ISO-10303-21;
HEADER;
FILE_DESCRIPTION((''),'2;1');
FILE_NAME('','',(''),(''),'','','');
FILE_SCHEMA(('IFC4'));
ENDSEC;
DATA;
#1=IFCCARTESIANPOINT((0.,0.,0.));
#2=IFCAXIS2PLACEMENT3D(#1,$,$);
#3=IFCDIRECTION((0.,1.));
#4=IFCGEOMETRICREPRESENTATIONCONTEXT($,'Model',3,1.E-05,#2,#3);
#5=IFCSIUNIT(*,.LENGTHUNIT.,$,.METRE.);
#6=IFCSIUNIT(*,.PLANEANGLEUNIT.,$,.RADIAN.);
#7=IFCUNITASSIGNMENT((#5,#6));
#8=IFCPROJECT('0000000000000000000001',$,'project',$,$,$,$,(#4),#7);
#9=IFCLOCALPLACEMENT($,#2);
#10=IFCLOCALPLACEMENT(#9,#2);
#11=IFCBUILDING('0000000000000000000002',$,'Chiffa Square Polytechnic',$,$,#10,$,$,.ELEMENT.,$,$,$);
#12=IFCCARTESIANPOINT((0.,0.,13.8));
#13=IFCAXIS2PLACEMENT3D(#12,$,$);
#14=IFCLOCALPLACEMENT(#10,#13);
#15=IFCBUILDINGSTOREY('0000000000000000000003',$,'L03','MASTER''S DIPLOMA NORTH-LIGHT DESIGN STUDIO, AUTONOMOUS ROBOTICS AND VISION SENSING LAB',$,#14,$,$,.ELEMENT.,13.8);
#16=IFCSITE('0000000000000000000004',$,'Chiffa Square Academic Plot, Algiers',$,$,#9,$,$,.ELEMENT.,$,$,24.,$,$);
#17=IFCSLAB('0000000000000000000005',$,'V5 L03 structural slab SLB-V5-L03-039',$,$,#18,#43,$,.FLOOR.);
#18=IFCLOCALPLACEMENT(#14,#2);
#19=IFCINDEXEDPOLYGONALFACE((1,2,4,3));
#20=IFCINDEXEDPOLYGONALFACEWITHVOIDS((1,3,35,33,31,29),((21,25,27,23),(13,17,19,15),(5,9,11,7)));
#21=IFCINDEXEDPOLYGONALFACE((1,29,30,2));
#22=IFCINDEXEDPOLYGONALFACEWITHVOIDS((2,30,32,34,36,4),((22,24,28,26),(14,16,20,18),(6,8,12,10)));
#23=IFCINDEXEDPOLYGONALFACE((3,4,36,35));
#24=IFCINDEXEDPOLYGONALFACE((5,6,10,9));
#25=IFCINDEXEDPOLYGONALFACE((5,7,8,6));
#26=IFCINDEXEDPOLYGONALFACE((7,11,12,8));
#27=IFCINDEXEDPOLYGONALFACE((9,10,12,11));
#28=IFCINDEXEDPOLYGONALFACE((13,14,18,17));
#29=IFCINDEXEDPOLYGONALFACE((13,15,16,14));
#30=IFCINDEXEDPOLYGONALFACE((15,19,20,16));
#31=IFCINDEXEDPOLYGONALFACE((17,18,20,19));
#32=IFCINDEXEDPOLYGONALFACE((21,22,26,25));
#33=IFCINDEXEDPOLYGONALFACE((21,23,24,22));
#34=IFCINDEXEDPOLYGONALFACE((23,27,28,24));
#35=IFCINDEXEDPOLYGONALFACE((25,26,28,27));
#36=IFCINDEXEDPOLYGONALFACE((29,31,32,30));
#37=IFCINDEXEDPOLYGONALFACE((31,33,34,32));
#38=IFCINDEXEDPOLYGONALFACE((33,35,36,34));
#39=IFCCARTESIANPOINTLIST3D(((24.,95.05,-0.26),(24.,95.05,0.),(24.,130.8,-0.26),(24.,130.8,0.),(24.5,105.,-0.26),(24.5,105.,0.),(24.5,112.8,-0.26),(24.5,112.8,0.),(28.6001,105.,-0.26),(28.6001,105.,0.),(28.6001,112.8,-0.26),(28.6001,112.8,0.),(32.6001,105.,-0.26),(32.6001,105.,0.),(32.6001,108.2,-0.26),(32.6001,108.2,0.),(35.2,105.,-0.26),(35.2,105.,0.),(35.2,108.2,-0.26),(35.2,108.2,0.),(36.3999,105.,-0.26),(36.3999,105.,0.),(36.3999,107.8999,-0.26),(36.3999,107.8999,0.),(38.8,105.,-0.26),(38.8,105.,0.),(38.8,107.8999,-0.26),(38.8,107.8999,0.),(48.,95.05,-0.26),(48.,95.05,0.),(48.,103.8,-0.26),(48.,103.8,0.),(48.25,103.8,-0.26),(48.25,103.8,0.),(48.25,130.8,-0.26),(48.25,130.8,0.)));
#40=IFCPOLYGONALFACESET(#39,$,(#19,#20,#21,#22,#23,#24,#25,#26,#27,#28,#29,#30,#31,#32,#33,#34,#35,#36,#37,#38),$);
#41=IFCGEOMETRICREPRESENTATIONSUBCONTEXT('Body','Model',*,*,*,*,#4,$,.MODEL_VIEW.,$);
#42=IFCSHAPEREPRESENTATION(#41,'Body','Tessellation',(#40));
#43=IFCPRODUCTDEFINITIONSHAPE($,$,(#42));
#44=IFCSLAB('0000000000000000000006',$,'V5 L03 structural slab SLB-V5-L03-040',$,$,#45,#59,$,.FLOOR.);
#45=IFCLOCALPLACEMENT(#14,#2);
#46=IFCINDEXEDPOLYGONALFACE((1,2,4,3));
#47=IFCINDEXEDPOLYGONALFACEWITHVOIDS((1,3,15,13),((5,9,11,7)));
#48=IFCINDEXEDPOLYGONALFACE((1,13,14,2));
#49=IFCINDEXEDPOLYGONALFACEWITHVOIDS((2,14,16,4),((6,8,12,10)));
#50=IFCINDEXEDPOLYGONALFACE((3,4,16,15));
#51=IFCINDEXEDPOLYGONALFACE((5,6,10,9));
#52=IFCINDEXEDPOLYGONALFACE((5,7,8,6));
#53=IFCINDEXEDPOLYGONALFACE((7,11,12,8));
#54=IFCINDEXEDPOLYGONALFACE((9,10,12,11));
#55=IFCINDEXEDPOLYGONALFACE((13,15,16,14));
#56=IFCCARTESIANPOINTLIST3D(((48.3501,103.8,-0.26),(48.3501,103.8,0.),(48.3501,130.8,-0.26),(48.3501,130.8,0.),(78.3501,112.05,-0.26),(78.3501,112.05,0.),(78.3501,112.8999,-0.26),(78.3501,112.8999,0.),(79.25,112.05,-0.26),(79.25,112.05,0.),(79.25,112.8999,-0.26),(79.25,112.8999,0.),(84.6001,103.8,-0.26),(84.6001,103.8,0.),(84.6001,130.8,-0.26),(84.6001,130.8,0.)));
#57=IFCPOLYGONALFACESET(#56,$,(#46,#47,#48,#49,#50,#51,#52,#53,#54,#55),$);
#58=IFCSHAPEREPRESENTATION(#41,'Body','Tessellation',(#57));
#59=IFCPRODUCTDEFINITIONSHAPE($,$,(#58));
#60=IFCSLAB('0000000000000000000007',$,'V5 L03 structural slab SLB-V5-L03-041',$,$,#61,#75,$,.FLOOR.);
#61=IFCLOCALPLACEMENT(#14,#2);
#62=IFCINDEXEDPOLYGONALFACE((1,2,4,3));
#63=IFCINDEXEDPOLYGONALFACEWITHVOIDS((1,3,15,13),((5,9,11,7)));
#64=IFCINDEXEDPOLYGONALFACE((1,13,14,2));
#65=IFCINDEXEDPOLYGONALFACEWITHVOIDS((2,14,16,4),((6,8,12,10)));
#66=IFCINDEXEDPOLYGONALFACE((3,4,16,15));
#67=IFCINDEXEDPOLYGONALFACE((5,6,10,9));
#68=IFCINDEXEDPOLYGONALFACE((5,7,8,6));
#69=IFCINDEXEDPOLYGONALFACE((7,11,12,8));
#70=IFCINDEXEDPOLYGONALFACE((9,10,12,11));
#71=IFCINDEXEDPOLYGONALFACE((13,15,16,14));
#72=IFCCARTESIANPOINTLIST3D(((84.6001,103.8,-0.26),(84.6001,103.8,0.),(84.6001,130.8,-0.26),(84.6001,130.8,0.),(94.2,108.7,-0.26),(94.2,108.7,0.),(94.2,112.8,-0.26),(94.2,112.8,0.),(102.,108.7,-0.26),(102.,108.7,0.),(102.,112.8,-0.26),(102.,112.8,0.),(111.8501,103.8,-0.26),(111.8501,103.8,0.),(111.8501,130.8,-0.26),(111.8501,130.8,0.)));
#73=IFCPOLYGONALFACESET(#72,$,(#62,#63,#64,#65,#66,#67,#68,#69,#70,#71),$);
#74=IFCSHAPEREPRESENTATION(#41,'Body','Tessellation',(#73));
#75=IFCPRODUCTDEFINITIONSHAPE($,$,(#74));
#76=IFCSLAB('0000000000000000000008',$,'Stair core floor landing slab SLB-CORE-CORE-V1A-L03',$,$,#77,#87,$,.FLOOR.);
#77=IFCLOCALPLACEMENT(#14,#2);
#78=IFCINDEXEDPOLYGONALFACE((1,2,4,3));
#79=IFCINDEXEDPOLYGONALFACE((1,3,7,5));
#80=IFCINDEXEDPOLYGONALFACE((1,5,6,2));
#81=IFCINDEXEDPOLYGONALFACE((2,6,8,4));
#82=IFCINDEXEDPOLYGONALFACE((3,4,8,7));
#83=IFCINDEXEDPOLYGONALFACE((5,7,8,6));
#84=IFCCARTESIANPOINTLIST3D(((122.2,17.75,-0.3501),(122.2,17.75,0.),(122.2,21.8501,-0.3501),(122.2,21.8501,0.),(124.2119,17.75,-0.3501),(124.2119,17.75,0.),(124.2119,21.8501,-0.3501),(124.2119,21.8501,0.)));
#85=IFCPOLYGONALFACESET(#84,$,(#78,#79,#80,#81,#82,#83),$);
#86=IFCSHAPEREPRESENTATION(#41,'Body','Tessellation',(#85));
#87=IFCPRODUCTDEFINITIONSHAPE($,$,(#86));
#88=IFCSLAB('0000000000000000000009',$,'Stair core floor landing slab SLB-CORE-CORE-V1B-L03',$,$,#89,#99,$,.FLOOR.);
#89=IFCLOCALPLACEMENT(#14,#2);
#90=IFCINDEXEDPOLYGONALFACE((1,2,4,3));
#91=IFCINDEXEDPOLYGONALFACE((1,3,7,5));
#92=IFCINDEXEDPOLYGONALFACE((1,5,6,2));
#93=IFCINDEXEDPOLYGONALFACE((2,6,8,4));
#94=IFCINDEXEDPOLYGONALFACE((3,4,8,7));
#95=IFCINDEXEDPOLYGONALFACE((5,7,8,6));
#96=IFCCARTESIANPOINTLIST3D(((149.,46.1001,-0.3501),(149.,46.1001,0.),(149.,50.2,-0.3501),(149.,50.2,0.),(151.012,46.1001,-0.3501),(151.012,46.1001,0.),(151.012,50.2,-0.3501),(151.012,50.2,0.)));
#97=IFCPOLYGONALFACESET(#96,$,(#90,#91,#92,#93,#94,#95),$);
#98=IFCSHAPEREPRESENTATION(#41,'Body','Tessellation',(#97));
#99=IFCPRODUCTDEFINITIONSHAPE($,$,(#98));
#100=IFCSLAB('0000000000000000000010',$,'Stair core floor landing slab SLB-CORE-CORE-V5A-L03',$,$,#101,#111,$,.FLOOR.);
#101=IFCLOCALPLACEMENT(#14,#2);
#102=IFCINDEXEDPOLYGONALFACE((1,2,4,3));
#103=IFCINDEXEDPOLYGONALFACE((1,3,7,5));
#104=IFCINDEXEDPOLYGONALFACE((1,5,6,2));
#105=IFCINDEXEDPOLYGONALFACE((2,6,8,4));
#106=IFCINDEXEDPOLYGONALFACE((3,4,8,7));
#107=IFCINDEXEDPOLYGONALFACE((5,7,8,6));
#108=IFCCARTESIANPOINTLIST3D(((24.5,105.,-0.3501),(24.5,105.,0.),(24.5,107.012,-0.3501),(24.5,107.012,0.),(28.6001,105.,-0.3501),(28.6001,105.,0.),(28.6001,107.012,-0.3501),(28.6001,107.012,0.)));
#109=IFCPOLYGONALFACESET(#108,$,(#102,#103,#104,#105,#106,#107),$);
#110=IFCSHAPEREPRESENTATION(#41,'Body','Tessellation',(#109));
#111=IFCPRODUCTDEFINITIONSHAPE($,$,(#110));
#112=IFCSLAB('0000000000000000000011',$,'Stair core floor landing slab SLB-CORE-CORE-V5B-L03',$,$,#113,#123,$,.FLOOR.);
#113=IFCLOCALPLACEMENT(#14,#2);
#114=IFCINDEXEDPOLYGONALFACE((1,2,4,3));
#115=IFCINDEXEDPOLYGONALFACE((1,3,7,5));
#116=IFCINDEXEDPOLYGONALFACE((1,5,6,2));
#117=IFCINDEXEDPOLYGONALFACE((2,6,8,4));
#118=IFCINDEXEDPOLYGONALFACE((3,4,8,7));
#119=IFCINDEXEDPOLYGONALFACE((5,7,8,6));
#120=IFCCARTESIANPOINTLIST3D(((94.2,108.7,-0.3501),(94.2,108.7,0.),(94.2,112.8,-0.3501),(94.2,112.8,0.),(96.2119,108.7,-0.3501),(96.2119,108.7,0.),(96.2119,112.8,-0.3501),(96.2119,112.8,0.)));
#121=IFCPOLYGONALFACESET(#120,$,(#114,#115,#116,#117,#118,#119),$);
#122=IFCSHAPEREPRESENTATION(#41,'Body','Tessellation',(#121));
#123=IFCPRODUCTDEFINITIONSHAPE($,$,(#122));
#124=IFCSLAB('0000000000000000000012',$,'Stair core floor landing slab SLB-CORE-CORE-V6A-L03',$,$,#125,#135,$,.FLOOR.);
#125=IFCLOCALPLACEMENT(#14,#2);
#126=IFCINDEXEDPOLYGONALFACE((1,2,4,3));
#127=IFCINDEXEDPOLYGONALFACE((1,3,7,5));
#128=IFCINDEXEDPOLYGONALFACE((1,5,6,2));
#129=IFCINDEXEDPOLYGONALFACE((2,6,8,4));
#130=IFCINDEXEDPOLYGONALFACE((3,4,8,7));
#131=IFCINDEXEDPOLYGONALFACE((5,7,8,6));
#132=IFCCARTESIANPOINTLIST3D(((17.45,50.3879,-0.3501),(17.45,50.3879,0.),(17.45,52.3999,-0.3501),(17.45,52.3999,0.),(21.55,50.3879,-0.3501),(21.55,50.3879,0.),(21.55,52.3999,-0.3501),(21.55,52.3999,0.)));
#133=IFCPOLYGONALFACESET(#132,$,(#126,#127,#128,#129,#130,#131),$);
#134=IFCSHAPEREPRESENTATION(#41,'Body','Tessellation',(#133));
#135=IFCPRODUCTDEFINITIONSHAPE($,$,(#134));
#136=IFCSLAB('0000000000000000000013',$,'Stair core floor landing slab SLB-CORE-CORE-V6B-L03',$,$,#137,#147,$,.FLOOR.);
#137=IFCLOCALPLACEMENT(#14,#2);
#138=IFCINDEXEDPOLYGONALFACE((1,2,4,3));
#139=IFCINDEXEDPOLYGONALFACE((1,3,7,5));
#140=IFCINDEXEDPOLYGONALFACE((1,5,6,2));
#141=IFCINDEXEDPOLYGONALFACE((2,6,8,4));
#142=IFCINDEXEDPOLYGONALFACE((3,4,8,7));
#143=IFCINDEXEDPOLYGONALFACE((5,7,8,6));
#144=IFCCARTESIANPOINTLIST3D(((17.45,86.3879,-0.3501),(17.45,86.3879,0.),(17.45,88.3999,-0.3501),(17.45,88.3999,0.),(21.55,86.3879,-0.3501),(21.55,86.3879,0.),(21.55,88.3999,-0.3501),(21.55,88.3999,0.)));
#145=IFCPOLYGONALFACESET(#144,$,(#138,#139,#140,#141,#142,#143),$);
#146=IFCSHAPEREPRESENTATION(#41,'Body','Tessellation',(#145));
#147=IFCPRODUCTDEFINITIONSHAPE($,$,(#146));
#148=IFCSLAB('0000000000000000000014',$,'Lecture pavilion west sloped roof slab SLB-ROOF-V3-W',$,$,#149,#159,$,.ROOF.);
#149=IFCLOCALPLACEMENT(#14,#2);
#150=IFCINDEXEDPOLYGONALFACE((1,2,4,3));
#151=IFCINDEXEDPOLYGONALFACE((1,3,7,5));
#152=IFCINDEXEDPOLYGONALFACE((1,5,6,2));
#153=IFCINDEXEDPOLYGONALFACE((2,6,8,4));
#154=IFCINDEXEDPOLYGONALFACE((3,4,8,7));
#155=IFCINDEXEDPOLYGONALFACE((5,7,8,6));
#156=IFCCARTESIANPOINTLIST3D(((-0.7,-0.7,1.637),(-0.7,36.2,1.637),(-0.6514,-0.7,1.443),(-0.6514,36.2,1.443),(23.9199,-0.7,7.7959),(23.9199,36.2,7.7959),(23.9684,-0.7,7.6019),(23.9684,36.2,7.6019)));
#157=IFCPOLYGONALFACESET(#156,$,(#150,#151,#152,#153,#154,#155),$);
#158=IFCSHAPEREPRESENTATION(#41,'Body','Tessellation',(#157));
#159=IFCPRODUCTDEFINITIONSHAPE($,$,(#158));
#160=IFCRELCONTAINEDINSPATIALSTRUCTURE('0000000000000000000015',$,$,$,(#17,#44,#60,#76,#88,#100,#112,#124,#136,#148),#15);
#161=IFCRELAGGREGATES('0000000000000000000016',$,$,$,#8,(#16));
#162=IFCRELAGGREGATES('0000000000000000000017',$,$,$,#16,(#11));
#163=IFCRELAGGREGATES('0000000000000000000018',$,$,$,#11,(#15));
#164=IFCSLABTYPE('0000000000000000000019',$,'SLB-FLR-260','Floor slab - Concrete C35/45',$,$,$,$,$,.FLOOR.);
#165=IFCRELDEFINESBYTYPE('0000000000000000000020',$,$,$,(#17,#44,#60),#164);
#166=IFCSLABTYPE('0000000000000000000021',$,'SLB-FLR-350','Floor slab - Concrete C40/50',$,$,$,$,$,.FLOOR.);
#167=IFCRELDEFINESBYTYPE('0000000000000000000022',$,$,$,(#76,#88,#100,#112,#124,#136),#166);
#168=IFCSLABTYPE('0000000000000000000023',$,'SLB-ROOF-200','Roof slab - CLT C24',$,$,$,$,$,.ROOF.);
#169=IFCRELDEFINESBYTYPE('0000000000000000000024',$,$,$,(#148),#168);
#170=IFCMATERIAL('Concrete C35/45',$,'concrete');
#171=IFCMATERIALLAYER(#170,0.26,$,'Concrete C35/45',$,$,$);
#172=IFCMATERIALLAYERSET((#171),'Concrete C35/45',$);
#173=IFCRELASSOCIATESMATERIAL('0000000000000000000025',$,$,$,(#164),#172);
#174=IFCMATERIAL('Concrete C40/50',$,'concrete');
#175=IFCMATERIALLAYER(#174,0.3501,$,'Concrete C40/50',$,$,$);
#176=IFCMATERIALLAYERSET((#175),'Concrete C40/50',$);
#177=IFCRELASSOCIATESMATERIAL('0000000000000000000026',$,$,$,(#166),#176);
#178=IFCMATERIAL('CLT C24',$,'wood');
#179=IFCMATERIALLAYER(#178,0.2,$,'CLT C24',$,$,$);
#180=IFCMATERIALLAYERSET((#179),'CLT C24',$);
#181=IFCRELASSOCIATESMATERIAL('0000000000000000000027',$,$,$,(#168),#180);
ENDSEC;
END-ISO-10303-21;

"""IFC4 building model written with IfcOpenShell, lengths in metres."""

from ifc_helpers import new_model, si_unit, direction, frame, origin, place, context, subcontext, project, spatial, polyline, outline, extrude, material, layer, layer_set, type_object, element, save


model = new_model("IFC4")

# Units and contexts
model_context = context("Model", 3, precision=1e-05, world=origin(), true_north=direction((0.0, 1.0)))
body_context = subcontext(model_context, "Body", "Model", "MODEL_VIEW")
ifc_project = project(units=[si_unit("LENGTHUNIT", "METRE"), si_unit("PLANEANGLEUNIT", "RADIAN")], contexts=[model_context])

# Site, building, storey
site_placement = place(None, origin())
site = spatial("IfcSite", under=ifc_project, at=site_placement, Name="Chiffa Square Academic Plot, Algiers", CompositionType="ELEMENT", RefElevation=24.0)
building_placement = place(site_placement, origin())
building = spatial("IfcBuilding", under=site, at=building_placement, Name="Chiffa Square Polytechnic", CompositionType="ELEMENT")
storey_placement = place(building_placement, frame((0.0, 0.0, 13.8)))
storey = spatial("IfcBuildingStorey", under=building, at=storey_placement, Name="L03", Description="MASTER'S DIPLOMA NORTH-LIGHT DESIGN STUDIO, AUTONOMOUS ROBOTICS AND VISION SENSING LAB", CompositionType="ELEMENT", Elevation=13.8)

# Slabs
ifc_material_1 = material(Name="Concrete C35/45", Category="concrete")
ifc_layer_1 = layer(ifc_material_1, 0.26, Name="Concrete C35/45")
ifc_layer_set_1 = layer_set([ifc_layer_1], Name="Concrete C35/45")
slab_type_1 = type_object("IfcSlabType", Name="SLB-FLR-260", Description="Floor slab - Concrete C35/45", PredefinedType="FLOOR", material=ifc_layer_set_1)
slab_1_placement = place(storey_placement, frame((0.0, 0.0, -0.26)))
element("IfcSlab", 1, at=slab_1_placement, inside=storey, type_object=slab_type_1, Name="V5 L03 structural slab SLB-V5-L03-039", PredefinedType="FLOOR", context=body_context, shape_type="SweptSolid", body=[
    extrude(outline(polyline([(48.0, 103.8), (48.0, 95.05), (24.0, 95.05), (24.0, 130.8), (48.25, 130.8), (48.25, 103.8), (48.0, 103.8)]), holes=[polyline([(24.5, 105.0), (24.5, 112.8), (28.6001, 112.8), (28.6001, 105.0), (24.5, 105.0)]), polyline([(32.6001, 108.2), (35.2, 108.2), (35.2, 105.0), (32.6001, 105.0), (32.6001, 108.2)]), polyline([(36.3999, 107.8999), (38.8, 107.8999), (38.8, 105.0), (36.3999, 105.0), (36.3999, 107.8999)])]), origin(), (0.0, 0.0, 1.0), 0.26),
])
slab_2_placement = place(storey_placement, frame((0.0, 0.0, -0.26)))
element("IfcSlab", 2, at=slab_2_placement, inside=storey, type_object=slab_type_1, Name="V5 L03 structural slab SLB-V5-L03-040", PredefinedType="FLOOR", context=body_context, shape_type="SweptSolid", body=[
    extrude(outline(polyline([(48.3501, 103.8), (48.3501, 130.8), (84.6001, 130.8), (84.6001, 103.8), (48.3501, 103.8)]), holes=[polyline([(78.3501, 112.8999), (79.25, 112.8999), (79.25, 112.05), (78.3501, 112.05), (78.3501, 112.8999)])]), origin(), (0.0, 0.0, 1.0), 0.26),
])
slab_3_placement = place(storey_placement, frame((0.0, 0.0, -0.26)))
element("IfcSlab", 3, at=slab_3_placement, inside=storey, type_object=slab_type_1, Name="V5 L03 structural slab SLB-V5-L03-041", PredefinedType="FLOOR", context=body_context, shape_type="SweptSolid", body=[
    extrude(outline(polyline([(84.6001, 103.8), (84.6001, 130.8), (111.8501, 130.8), (111.8501, 103.8), (84.6001, 103.8)]), holes=[polyline([(94.2, 112.8), (102.0, 112.8), (102.0, 108.7), (94.2, 108.7), (94.2, 112.8)])]), origin(), (0.0, 0.0, 1.0), 0.26),
])
ifc_material_2 = material(Name="Concrete C40/50", Category="concrete")
ifc_layer_2 = layer(ifc_material_2, 0.3501, Name="Concrete C40/50")
ifc_layer_set_2 = layer_set([ifc_layer_2], Name="Concrete C40/50")
slab_type_2 = type_object("IfcSlabType", Name="SLB-FLR-350", Description="Floor slab - Concrete C40/50", PredefinedType="FLOOR", material=ifc_layer_set_2)
slab_4_placement = place(storey_placement, frame((0.0, 0.0, -0.3501)))
element("IfcSlab", 4, at=slab_4_placement, inside=storey, type_object=slab_type_2, Name="Stair core floor landing slab SLB-CORE-CORE-V1A-L03", PredefinedType="FLOOR", context=body_context, shape_type="SweptSolid", body=[
    extrude(outline(polyline([(122.2, 17.75), (124.2119, 17.75), (124.2119, 21.8501), (122.2, 21.8501), (122.2, 17.75)])), origin(), (0.0, 0.0, 1.0), 0.3501),
])
slab_5_placement = place(storey_placement, frame((0.0, 0.0, -0.3501)))
element("IfcSlab", 5, at=slab_5_placement, inside=storey, type_object=slab_type_2, Name="Stair core floor landing slab SLB-CORE-CORE-V1B-L03", PredefinedType="FLOOR", context=body_context, shape_type="SweptSolid", body=[
    extrude(outline(polyline([(149.0, 46.1001), (151.012, 46.1001), (151.012, 50.2), (149.0, 50.2), (149.0, 46.1001)])), origin(), (0.0, 0.0, 1.0), 0.3501),
])
slab_6_placement = place(storey_placement, frame((0.0, 0.0, -0.3501)))
element("IfcSlab", 6, at=slab_6_placement, inside=storey, type_object=slab_type_2, Name="Stair core floor landing slab SLB-CORE-CORE-V5A-L03", PredefinedType="FLOOR", context=body_context, shape_type="SweptSolid", body=[
    extrude(outline(polyline([(28.6001, 105.0), (28.6001, 107.012), (24.5, 107.012), (24.5, 105.0), (28.6001, 105.0)])), origin(), (0.0, 0.0, 1.0), 0.3501),
])
slab_7_placement = place(storey_placement, frame((0.0, 0.0, -0.3501)))
element("IfcSlab", 7, at=slab_7_placement, inside=storey, type_object=slab_type_2, Name="Stair core floor landing slab SLB-CORE-CORE-V5B-L03", PredefinedType="FLOOR", context=body_context, shape_type="SweptSolid", body=[
    extrude(outline(polyline([(94.2, 108.7), (96.2119, 108.7), (96.2119, 112.8), (94.2, 112.8), (94.2, 108.7)])), origin(), (0.0, 0.0, 1.0), 0.3501),
])
slab_8_placement = place(storey_placement, frame((0.0, 0.0, -0.3501)))
element("IfcSlab", 8, at=slab_8_placement, inside=storey, type_object=slab_type_2, Name="Stair core floor landing slab SLB-CORE-CORE-V6A-L03", PredefinedType="FLOOR", context=body_context, shape_type="SweptSolid", body=[
    extrude(outline(polyline([(17.45, 52.3999), (17.45, 50.3879), (21.55, 50.3879), (21.55, 52.3999), (17.45, 52.3999)])), origin(), (0.0, 0.0, 1.0), 0.3501),
])
slab_9_placement = place(storey_placement, frame((0.0, 0.0, -0.3501)))
element("IfcSlab", 9, at=slab_9_placement, inside=storey, type_object=slab_type_2, Name="Stair core floor landing slab SLB-CORE-CORE-V6B-L03", PredefinedType="FLOOR", context=body_context, shape_type="SweptSolid", body=[
    extrude(outline(polyline([(17.45, 88.3999), (17.45, 86.3879), (21.55, 86.3879), (21.55, 88.3999), (17.45, 88.3999)])), origin(), (0.0, 0.0, 1.0), 0.3501),
])
ifc_material_3 = material(Name="CLT C24", Category="wood")
ifc_layer_3 = layer(ifc_material_3, 0.2, Name="CLT C24")
ifc_layer_set_3 = layer_set([ifc_layer_3], Name="CLT C24")
slab_type_3 = type_object("IfcSlabType", Name="SLB-ROOF-200", Description="Roof slab - CLT C24", PredefinedType="ROOF", material=ifc_layer_set_3)
slab_10_placement = place(storey_placement, frame((-0.7, -0.7, 1.637), z_axis=(-0.242683, 0.0, 0.970106), x_axis=(0.970106, 0.0, 0.242683)))
element("IfcSlab", 10, at=slab_10_placement, inside=storey, type_object=slab_type_3, Name="Lecture pavilion west sloped roof slab SLB-ROOF-V3-W", PredefinedType="ROOF", context=body_context, shape_type="SweptSolid", body=[
    extrude(outline(polyline([(0.0, 0.0), (25.3785, 0.0), (25.3785, 36.8999), (0.0, 36.8999), (0.0, 0.0)])), origin(), (0.0, 0.0, -1.0), 0.2),
])

save(model, "model.ifc")
